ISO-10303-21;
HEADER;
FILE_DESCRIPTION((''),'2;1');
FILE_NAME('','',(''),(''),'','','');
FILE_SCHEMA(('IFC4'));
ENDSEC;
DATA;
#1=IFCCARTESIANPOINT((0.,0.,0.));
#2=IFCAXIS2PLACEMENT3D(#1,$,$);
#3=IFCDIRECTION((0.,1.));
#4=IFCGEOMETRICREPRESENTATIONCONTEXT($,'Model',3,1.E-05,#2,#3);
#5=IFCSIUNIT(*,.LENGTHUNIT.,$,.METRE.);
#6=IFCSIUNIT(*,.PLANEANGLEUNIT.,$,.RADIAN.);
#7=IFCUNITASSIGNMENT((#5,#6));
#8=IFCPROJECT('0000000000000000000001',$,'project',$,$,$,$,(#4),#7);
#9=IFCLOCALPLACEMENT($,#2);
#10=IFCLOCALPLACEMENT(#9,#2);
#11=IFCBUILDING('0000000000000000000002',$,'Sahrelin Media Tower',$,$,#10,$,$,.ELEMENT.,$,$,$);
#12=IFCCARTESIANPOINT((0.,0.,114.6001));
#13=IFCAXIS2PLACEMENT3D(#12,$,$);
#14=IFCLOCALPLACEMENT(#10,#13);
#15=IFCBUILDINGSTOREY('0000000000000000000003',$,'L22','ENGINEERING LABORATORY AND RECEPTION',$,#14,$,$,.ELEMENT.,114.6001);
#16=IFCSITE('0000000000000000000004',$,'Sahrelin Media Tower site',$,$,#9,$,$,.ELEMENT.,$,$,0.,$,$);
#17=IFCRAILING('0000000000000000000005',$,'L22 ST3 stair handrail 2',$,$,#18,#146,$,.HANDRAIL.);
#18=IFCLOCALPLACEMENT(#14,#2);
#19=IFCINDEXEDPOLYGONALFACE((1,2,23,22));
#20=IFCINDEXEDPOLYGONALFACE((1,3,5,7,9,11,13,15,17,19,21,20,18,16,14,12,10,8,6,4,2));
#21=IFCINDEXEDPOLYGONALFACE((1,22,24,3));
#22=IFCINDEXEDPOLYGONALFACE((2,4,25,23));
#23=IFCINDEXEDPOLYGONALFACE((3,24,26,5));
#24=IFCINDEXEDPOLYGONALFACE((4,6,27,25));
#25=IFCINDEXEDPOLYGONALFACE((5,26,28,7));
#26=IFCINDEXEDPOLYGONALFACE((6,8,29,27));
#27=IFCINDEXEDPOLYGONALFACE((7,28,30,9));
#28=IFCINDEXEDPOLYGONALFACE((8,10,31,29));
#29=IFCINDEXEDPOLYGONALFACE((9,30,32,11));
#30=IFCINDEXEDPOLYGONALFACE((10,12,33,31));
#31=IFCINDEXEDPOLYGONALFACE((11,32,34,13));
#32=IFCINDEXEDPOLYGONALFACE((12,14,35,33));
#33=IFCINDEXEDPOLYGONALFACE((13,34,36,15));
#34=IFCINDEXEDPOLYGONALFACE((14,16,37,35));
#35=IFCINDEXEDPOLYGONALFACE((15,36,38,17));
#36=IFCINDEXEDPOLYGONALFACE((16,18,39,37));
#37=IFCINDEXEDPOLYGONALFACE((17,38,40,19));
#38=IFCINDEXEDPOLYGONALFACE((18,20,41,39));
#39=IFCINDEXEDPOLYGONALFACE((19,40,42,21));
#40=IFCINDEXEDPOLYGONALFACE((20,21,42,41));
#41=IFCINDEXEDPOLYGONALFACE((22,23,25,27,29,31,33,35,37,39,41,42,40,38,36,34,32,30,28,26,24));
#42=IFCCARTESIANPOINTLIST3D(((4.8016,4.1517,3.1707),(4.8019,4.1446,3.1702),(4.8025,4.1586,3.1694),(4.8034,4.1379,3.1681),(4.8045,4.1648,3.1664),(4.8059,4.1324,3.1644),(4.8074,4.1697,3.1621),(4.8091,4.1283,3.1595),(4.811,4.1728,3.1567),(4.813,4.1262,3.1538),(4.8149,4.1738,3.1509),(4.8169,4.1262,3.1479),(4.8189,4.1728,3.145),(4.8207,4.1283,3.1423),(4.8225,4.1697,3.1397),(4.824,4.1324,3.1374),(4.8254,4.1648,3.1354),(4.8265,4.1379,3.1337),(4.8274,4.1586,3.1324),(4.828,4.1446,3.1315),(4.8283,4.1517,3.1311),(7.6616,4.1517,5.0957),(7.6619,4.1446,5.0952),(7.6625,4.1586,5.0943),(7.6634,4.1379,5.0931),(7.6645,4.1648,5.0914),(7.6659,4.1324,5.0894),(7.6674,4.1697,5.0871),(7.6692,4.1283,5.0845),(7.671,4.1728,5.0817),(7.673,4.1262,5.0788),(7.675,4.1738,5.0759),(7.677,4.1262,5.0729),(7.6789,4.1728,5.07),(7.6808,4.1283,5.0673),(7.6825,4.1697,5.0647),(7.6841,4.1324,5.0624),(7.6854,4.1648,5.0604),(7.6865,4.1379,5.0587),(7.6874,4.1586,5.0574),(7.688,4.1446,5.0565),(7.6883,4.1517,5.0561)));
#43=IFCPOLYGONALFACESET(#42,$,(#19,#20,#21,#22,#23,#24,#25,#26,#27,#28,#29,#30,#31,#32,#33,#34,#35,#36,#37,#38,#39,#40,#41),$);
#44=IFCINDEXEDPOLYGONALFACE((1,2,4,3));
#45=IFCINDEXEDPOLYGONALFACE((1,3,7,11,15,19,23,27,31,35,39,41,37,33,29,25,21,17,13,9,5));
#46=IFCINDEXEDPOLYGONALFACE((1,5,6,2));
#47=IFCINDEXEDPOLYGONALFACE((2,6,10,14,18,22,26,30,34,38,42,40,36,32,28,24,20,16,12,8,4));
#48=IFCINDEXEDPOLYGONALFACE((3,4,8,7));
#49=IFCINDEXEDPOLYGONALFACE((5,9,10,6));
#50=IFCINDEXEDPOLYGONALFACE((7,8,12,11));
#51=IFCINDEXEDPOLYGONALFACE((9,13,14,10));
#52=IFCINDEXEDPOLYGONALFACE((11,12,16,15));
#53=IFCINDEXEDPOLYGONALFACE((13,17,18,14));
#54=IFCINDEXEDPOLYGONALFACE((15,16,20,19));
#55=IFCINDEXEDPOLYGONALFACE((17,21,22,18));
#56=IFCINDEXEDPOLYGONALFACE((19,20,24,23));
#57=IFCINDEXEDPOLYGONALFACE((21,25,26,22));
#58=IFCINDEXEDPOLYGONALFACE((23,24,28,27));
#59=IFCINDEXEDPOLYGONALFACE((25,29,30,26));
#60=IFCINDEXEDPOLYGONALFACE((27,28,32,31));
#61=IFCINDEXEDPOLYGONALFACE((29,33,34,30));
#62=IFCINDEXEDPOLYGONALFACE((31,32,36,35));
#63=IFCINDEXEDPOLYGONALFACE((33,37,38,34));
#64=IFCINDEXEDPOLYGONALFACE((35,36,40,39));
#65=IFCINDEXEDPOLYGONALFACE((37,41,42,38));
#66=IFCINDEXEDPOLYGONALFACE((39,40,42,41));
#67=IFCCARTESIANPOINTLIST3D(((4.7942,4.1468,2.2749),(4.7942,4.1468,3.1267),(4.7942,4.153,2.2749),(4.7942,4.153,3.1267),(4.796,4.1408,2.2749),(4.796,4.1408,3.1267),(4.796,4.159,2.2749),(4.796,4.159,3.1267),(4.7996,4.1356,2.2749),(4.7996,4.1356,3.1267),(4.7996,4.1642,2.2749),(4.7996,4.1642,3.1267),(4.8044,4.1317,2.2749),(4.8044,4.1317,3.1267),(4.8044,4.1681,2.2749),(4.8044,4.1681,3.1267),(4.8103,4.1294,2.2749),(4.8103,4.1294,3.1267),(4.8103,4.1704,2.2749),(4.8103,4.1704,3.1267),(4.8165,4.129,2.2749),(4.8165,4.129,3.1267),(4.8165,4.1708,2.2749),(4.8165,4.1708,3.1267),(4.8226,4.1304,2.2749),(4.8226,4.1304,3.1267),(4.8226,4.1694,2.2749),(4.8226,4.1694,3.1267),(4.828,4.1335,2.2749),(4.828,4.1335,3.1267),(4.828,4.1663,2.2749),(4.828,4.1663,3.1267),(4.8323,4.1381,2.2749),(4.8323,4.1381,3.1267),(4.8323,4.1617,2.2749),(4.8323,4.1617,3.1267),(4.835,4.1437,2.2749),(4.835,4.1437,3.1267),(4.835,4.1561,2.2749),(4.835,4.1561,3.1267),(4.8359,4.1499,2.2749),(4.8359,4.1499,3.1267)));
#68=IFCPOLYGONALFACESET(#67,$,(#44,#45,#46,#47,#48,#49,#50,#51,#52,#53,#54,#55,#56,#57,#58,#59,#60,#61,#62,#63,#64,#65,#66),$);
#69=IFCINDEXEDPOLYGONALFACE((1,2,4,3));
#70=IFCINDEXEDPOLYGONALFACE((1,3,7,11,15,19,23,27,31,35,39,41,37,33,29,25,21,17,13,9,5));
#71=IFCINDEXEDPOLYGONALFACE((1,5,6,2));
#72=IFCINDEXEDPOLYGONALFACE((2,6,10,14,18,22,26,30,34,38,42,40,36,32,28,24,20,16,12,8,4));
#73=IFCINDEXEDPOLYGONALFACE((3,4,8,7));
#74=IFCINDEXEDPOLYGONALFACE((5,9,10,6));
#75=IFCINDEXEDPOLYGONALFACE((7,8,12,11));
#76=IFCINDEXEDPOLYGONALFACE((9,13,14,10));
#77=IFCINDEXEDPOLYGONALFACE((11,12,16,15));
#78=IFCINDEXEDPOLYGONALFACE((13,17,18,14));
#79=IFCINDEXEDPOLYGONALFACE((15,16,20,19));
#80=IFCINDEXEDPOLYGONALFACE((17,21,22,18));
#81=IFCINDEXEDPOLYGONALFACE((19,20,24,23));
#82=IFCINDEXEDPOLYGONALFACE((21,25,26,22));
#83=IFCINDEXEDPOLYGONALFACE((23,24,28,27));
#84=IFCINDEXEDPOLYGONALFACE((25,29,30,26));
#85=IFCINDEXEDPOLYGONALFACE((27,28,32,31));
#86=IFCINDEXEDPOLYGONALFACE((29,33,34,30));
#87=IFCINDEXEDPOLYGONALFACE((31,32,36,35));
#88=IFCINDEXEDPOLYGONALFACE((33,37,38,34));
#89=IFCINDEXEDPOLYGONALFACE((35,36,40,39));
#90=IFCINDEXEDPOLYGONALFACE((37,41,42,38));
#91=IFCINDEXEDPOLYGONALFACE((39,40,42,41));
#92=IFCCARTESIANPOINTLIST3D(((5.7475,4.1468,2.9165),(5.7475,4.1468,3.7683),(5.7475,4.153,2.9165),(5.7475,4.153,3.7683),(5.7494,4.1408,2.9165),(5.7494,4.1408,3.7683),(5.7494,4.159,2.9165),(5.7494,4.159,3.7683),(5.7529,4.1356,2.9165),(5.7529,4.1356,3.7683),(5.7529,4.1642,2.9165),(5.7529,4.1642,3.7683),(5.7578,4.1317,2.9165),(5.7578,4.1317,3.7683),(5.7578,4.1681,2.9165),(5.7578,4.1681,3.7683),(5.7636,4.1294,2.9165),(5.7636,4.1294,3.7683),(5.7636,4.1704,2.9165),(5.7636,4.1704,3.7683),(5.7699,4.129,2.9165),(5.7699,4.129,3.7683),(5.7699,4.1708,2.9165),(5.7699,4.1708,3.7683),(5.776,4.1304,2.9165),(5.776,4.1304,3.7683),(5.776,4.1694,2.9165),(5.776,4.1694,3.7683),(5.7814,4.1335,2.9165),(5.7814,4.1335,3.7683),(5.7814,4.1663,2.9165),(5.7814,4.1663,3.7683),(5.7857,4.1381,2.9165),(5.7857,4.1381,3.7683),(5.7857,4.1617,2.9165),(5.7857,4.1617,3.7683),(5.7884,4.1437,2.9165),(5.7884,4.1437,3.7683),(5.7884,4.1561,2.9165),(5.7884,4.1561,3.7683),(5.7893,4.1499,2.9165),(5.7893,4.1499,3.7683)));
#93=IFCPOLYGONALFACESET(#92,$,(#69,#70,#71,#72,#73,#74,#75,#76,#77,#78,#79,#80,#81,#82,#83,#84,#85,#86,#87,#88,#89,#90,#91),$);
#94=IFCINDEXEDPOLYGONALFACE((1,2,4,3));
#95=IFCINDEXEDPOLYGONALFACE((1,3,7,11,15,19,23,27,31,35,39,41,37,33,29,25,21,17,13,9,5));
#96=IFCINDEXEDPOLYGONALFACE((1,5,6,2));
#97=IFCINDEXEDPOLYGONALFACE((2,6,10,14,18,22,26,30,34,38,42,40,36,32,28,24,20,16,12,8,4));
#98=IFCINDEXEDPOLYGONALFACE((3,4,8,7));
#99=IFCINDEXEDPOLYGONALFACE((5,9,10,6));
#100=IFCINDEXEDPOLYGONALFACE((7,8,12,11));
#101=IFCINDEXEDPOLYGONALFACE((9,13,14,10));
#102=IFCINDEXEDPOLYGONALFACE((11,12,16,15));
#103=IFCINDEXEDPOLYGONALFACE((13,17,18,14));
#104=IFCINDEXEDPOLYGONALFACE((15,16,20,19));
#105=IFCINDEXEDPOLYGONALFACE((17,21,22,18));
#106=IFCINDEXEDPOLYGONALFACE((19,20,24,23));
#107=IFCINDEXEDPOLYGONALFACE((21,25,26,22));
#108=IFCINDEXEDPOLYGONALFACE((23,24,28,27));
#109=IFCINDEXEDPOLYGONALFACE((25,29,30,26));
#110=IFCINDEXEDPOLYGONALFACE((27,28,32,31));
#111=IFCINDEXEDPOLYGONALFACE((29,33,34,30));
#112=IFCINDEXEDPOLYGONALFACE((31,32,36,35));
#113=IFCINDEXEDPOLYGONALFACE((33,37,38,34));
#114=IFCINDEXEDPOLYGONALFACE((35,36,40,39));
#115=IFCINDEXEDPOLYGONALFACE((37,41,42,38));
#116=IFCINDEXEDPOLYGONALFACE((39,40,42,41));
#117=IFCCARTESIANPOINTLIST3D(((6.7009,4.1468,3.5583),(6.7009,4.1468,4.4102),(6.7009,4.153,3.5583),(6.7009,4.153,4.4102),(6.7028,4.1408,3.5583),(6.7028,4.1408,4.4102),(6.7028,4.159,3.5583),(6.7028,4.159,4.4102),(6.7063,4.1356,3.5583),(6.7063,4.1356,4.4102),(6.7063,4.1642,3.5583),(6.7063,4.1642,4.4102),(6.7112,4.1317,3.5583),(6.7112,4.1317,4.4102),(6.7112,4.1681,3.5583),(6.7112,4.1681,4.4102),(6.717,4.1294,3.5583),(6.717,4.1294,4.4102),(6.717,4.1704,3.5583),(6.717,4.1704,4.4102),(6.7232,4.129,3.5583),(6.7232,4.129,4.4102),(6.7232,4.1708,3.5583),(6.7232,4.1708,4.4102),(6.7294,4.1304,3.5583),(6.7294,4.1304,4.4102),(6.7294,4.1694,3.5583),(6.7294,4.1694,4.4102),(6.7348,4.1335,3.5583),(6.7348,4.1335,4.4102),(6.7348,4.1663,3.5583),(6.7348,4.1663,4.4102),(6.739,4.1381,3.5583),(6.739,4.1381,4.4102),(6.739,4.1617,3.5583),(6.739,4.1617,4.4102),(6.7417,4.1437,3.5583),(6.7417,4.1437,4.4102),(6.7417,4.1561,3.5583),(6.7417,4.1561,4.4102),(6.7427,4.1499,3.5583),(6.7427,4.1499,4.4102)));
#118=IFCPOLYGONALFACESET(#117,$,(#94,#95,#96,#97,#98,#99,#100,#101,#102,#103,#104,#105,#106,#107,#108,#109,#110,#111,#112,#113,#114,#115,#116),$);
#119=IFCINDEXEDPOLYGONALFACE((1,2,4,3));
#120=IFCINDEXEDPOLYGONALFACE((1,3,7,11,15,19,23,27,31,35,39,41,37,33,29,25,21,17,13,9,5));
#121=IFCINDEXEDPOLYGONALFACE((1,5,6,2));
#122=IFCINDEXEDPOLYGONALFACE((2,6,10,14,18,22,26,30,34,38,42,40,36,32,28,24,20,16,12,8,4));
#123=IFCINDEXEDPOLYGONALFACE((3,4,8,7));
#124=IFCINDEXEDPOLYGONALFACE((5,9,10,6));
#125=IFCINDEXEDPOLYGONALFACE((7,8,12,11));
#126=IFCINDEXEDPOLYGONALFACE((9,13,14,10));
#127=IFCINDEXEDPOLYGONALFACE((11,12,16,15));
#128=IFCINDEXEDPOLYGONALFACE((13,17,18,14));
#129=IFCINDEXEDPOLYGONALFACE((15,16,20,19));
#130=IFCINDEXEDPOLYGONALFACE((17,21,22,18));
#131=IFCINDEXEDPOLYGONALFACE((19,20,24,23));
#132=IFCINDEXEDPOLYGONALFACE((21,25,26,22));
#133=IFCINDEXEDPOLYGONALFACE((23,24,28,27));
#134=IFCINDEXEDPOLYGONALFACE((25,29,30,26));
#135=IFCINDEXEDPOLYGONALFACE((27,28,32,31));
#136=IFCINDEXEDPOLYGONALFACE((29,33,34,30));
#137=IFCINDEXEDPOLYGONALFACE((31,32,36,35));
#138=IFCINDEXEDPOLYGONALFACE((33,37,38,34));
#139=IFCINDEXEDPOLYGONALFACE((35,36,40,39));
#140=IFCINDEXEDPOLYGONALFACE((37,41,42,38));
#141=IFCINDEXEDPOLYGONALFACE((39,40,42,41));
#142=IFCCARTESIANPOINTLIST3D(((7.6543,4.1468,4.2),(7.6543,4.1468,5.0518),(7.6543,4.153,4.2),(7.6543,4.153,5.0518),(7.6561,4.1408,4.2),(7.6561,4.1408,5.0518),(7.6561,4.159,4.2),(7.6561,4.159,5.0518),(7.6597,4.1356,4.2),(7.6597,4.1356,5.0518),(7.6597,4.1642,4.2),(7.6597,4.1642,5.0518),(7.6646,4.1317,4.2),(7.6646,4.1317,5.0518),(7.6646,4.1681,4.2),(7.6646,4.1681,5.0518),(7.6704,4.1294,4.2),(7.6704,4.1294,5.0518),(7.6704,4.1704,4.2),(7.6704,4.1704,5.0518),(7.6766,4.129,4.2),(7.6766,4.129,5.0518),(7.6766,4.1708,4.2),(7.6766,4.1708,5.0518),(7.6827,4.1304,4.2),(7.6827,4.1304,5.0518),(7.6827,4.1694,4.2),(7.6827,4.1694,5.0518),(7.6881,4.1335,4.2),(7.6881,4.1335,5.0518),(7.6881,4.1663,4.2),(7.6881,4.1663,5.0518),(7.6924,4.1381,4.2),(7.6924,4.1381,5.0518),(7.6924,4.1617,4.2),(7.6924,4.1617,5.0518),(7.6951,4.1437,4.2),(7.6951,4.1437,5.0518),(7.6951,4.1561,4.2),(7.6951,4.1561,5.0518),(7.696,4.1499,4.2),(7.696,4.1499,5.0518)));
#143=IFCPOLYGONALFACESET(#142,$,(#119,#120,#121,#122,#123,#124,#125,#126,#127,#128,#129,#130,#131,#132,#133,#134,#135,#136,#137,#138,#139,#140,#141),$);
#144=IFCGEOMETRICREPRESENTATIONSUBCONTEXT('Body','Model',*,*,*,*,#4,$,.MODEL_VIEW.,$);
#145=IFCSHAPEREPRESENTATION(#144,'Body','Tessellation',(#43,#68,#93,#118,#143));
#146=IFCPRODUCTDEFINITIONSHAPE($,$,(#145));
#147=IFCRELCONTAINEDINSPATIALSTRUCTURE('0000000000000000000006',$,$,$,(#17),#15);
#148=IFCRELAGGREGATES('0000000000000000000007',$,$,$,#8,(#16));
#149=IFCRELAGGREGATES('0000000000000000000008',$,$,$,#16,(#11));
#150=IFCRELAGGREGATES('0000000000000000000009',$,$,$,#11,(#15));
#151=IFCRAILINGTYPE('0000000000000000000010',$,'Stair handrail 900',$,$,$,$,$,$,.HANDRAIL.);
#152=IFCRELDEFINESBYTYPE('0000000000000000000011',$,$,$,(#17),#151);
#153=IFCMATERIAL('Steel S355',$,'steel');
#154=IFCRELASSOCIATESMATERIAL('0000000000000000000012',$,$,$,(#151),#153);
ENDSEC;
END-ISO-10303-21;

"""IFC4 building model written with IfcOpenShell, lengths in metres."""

from ifc_helpers import new_model, si_unit, direction, frame, origin, origin_2d, place, context, subcontext, project, spatial, circle, extrude, material, type_object, element, save


model = new_model("IFC4")

# Units and contexts
model_context = context("Model", 3, precision=1e-05, world=origin(), true_north=direction((0.0, 1.0)))
body_context = subcontext(model_context, "Body", "Model", "MODEL_VIEW")
ifc_project = project(units=[si_unit("LENGTHUNIT", "METRE"), si_unit("PLANEANGLEUNIT", "RADIAN")], contexts=[model_context])

# Site, building, storey
site_placement = place(None, origin())
site = spatial("IfcSite", under=ifc_project, at=site_placement, Name="Sahrelin Media Tower site", CompositionType="ELEMENT", RefElevation=0.0)
building_placement = place(site_placement, origin())
building = spatial("IfcBuilding", under=site, at=building_placement, Name="Sahrelin Media Tower", CompositionType="ELEMENT")
storey_placement = place(building_placement, frame((0.0, 0.0, 114.6001)))
storey = spatial("IfcBuildingStorey", under=building, at=storey_placement, Name="L22", Description="ENGINEERING LABORATORY AND RECEPTION", CompositionType="ELEMENT", Elevation=114.6001)

# Shared definitions
ifc_material_1 = material(Name="Steel S355", Category="steel")

# Railing
railing_type_1 = type_object("IfcRailingType", Name="Stair handrail 900", PredefinedType="HANDRAIL", material=ifc_material_1)
railing_1_placement = place(storey_placement, frame((4.8149, 4.1499, 2.2749)))
element("IfcRailing", 1, at=railing_1_placement, inside=storey, type_object=railing_type_1, Name="L22 ST3 stair handrail 2", PredefinedType="HANDRAIL", context=body_context, shape_type="SweptSolid", body=[
    extrude(circle(Radius=0.0239, at=origin_2d()), frame((0.0, 0.0, 0.876), z_axis=(0.829591, 0.0, 0.558372), x_axis=(0.0, 1.0, 0.0)), (0.0, 0.0, 1.0), 3.4475),
    extrude(circle(Radius=0.021, at=origin_2d()), origin(), (0.0, 0.0, 1.0), 0.8518),
    extrude(circle(Radius=0.021, at=origin_2d()), frame((0.9534, 0.0, 0.6416)), (0.0, 0.0, 1.0), 0.8518),
    extrude(circle(Radius=0.021, at=origin_2d()), frame((1.9067, 0.0, 1.2834)), (0.0, 0.0, 1.0), 0.8518),
    extrude(circle(Radius=0.021, at=origin_2d()), frame((2.8601, 0.0, 1.925)), (0.0, 0.0, 1.0), 0.8518),
])

save(model, "model.ifc")
